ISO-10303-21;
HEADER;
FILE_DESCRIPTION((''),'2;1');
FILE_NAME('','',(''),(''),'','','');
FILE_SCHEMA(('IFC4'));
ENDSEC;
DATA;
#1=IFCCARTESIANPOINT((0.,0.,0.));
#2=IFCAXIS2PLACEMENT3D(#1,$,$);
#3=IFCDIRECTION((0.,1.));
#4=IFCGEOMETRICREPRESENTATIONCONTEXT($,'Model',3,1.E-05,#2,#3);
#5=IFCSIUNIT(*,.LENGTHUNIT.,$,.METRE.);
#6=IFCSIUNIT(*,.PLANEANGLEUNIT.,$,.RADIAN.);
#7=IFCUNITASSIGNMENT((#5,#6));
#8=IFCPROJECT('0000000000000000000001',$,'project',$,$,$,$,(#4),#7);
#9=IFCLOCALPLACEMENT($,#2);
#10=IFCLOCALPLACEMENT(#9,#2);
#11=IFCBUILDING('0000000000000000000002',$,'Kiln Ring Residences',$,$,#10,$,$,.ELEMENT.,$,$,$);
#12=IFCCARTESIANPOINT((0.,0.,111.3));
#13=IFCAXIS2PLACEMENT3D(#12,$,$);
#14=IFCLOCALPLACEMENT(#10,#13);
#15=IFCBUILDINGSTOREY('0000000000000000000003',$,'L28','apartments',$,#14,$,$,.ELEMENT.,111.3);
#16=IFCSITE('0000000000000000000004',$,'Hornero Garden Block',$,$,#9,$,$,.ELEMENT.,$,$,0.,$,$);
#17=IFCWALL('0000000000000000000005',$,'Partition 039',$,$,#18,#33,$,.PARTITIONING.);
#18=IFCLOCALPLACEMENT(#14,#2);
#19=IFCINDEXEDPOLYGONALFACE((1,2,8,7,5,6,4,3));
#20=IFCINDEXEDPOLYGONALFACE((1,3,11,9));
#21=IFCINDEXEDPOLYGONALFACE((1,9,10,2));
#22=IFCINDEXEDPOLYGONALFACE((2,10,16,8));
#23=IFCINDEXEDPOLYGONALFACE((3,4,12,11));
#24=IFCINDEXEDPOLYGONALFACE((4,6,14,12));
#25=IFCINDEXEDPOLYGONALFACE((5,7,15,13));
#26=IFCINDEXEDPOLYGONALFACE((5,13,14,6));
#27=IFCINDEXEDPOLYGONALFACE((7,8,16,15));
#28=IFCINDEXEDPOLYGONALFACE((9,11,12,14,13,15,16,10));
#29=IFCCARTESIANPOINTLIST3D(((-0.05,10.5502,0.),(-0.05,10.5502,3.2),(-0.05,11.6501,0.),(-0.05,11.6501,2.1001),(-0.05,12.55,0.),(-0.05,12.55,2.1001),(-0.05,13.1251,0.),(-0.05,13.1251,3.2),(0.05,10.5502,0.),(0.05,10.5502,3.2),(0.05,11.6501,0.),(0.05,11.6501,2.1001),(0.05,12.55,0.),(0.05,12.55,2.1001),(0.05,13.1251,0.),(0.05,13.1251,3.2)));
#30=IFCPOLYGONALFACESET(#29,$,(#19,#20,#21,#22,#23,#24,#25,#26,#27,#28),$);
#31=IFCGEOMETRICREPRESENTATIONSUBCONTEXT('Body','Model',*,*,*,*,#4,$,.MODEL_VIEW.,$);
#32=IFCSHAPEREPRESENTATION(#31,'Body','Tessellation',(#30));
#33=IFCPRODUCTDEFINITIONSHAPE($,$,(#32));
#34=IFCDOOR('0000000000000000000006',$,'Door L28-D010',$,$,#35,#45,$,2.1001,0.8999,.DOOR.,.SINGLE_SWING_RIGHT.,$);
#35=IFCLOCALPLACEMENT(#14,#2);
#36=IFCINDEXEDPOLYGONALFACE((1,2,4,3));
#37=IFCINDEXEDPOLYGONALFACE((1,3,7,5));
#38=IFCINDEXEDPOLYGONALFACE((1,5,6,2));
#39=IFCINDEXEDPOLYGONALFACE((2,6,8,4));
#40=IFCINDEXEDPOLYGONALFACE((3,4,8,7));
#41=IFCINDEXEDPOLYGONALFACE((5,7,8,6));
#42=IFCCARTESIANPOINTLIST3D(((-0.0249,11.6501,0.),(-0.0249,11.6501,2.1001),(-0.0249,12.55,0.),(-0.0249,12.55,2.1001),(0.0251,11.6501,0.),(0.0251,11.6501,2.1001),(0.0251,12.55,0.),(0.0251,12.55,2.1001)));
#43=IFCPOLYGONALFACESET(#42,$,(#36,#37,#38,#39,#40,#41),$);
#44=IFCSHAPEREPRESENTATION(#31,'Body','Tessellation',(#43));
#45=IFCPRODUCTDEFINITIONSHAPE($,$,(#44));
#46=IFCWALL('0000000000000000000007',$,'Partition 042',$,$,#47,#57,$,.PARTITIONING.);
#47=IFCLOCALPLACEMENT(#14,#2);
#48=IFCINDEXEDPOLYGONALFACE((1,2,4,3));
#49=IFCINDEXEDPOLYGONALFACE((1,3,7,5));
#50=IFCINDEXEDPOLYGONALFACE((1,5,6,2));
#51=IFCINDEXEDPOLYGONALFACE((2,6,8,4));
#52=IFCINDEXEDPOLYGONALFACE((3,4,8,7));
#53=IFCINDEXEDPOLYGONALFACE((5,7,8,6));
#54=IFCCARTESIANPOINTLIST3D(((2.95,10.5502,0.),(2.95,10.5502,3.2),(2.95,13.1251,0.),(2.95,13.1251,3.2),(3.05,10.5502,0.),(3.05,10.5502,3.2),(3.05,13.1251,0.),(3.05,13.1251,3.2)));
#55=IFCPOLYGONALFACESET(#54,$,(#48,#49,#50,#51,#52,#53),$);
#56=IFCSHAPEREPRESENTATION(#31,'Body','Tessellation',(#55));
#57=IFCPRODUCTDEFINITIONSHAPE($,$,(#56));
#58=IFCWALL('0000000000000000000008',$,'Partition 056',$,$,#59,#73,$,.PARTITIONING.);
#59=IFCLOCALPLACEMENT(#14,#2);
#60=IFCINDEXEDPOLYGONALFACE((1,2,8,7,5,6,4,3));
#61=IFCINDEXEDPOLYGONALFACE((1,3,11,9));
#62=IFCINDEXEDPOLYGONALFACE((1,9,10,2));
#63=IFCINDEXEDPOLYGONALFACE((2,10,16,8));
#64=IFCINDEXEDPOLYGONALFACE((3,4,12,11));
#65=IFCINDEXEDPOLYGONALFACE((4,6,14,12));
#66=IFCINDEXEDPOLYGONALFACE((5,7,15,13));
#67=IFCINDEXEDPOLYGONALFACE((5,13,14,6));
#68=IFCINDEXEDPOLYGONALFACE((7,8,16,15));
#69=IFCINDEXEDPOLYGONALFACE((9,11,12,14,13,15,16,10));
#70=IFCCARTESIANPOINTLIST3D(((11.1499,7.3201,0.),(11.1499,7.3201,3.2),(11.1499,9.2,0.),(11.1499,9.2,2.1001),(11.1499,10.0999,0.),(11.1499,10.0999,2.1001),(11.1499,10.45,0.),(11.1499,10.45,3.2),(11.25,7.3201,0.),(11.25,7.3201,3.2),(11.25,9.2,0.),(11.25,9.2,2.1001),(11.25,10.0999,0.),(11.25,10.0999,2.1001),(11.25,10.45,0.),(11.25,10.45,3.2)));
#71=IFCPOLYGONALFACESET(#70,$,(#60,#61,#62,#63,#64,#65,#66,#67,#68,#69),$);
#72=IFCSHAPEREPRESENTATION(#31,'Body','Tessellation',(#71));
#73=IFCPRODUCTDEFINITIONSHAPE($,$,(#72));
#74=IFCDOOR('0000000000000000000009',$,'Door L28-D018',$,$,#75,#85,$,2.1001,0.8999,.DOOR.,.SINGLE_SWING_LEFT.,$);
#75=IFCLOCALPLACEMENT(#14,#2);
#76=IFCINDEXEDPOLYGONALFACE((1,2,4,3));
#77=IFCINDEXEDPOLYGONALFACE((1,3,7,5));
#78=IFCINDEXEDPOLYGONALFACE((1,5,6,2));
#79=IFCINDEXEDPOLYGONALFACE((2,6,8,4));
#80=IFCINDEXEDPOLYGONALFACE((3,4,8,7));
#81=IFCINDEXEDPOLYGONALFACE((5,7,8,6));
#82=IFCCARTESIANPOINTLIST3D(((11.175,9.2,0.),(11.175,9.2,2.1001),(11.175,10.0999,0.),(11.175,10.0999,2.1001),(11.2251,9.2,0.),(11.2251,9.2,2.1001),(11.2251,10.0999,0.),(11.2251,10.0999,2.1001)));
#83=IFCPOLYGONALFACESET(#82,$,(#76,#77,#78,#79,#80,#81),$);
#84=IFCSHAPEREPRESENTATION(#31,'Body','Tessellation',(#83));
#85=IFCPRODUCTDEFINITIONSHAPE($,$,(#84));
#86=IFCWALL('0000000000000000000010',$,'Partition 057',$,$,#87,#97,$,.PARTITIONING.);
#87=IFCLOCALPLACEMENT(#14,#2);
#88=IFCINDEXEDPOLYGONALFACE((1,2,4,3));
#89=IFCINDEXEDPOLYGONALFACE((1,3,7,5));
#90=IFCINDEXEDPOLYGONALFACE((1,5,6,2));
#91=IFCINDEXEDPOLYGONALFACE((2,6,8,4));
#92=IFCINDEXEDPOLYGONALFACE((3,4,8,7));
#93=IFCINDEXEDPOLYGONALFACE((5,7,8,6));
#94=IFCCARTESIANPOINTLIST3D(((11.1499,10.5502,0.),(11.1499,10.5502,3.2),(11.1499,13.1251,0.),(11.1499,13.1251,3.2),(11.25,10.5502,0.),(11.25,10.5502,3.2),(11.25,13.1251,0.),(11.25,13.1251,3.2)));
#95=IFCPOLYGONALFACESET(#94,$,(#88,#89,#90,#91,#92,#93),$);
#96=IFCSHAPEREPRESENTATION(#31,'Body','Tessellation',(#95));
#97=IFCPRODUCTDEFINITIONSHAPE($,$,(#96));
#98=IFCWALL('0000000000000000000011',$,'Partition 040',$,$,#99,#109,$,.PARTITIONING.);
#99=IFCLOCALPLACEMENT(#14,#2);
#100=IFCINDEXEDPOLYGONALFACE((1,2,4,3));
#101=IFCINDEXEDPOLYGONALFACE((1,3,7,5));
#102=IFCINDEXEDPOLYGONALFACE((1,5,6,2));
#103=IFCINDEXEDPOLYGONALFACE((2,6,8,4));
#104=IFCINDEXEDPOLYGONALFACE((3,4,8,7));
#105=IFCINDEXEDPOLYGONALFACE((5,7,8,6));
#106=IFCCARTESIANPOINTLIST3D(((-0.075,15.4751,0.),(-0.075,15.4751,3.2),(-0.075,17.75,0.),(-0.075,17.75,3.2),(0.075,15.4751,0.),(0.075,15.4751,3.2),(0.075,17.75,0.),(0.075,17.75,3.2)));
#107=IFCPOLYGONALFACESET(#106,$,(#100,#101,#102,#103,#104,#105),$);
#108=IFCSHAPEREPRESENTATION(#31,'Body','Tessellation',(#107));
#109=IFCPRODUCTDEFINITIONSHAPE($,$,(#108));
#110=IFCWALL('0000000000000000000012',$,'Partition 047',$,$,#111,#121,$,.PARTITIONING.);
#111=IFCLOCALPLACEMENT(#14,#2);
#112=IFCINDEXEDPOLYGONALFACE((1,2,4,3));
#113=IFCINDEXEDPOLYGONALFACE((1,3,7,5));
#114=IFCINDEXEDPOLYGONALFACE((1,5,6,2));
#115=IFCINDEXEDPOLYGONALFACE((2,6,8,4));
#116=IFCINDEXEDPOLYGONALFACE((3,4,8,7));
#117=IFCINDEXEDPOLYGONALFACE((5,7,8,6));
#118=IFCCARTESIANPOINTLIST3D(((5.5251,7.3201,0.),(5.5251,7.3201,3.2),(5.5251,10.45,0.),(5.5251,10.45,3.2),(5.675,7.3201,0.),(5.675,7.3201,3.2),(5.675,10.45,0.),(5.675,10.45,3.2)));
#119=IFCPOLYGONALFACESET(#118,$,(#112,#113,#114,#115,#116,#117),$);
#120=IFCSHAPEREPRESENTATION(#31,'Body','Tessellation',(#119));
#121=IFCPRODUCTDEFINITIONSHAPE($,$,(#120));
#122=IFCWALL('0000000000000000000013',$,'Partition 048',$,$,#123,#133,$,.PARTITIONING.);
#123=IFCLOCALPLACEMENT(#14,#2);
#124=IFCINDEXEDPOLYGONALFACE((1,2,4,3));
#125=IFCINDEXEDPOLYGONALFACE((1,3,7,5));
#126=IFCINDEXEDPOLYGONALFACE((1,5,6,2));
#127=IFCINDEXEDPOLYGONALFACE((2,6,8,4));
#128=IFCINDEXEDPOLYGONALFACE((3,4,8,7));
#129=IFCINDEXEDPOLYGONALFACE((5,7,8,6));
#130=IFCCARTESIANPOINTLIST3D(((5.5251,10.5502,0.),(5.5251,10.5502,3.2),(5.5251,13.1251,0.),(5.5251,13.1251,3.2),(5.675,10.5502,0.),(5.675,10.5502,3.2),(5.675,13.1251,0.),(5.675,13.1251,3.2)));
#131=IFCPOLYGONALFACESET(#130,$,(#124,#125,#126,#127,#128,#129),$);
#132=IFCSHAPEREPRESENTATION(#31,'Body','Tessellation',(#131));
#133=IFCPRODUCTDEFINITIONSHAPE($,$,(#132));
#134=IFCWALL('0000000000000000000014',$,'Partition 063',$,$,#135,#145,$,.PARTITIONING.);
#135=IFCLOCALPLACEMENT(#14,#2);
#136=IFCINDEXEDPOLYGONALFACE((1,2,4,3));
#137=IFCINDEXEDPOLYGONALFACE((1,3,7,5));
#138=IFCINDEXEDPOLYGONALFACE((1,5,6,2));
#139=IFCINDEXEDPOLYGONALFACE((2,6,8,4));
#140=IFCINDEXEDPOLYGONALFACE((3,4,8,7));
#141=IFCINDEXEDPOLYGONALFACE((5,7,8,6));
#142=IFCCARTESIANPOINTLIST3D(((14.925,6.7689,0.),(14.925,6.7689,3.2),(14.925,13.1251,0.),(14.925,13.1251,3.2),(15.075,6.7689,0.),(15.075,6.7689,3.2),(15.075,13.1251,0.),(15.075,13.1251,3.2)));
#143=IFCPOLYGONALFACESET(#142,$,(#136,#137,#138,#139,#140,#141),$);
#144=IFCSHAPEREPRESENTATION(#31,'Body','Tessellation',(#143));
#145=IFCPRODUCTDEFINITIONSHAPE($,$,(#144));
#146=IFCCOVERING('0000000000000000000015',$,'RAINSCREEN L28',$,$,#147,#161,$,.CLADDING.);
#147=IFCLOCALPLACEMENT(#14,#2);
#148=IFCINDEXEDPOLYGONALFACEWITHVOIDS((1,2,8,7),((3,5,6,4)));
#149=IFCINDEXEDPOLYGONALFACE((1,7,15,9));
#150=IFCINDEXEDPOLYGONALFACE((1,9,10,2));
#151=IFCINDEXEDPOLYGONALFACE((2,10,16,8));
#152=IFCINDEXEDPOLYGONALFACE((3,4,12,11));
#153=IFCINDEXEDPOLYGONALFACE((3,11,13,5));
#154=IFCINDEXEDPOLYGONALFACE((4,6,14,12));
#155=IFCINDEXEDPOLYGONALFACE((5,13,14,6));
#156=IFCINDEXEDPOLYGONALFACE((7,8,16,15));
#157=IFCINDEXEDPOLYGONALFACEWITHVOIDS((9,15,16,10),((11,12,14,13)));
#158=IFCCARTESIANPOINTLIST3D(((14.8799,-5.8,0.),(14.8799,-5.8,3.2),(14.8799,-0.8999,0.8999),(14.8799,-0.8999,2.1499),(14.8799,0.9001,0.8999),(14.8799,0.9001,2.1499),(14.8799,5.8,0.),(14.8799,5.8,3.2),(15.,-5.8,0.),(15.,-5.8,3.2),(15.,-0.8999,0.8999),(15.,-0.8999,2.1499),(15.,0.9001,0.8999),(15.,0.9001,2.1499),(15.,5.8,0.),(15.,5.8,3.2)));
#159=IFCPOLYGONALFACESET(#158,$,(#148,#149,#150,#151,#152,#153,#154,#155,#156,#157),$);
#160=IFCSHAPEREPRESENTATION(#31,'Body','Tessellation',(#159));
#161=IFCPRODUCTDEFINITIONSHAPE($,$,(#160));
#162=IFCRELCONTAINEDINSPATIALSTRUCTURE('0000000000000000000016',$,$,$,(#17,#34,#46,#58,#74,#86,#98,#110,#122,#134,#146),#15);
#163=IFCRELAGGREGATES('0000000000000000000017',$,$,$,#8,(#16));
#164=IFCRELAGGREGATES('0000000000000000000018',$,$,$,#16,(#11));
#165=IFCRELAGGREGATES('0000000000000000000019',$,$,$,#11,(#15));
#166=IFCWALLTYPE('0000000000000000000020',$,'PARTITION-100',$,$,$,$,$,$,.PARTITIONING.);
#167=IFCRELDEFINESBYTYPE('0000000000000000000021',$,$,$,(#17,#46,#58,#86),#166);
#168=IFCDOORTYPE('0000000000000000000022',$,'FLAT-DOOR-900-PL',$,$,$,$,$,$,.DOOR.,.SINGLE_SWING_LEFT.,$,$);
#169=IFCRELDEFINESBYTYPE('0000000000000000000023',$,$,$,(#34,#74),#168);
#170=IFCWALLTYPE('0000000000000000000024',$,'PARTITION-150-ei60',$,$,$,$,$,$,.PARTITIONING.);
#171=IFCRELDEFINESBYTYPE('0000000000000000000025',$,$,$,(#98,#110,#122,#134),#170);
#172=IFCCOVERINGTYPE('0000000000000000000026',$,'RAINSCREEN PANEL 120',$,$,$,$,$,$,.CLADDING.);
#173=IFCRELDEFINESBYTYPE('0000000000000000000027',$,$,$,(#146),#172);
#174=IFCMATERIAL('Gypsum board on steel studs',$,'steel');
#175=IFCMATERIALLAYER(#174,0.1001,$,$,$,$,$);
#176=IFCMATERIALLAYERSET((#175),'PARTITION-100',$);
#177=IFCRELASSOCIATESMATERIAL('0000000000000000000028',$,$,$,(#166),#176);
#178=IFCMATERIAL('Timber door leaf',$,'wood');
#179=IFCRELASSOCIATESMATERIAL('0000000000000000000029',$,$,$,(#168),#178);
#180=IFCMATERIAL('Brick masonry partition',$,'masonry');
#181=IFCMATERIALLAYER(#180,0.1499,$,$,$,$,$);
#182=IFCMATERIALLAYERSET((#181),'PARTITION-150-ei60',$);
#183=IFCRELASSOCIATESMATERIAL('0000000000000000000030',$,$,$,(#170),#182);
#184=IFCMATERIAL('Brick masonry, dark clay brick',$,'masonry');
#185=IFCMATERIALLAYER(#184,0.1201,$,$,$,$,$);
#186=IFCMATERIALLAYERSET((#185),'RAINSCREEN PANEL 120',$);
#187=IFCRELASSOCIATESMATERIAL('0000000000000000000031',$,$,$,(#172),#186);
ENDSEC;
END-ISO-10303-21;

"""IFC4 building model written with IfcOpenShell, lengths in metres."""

from ifc_helpers import new_model, si_unit, direction, frame, frame_2d, origin, place, context, subcontext, project, spatial, polyline, rectangle, outline, extrude, material, layer, layer_set, type_object, element, fill, save


model = new_model("IFC4")

# Units and contexts
model_context = context("Model", 3, precision=1e-05, world=origin(), true_north=direction((0.0, 1.0)))
body_context = subcontext(model_context, "Body", "Model", "MODEL_VIEW")
ifc_project = project(units=[si_unit("LENGTHUNIT", "METRE"), si_unit("PLANEANGLEUNIT", "RADIAN")], contexts=[model_context])

# Site, building, storey
site_placement = place(None, origin())
site = spatial("IfcSite", under=ifc_project, at=site_placement, Name="Hornero Garden Block", CompositionType="ELEMENT", RefElevation=0.0)
building_placement = place(site_placement, origin())
building = spatial("IfcBuilding", under=site, at=building_placement, Name="Kiln Ring Residences", CompositionType="ELEMENT")
storey_placement = place(building_placement, frame((0.0, 0.0, 111.3)))
storey = spatial("IfcBuildingStorey", under=building, at=storey_placement, Name="L28", Description="apartments", CompositionType="ELEMENT", Elevation=111.3)

# Shared definitions
ifc_material_1 = material(Name="Gypsum board on steel studs", Category="steel")
ifc_layer_1 = layer(ifc_material_1, 0.1001)
ifc_layer_set_1 = layer_set([ifc_layer_1], Name="PARTITION-100")
wall_type_1 = type_object("IfcWallType", Name="PARTITION-100", PredefinedType="PARTITIONING", material=ifc_layer_set_1)

# Wall, opening, door
wall_1_placement = place(storey_placement, frame((0.0, 10.55, 0.0), z_axis=(0.0, 0.0, 1.0), x_axis=(0.0, 1.0, 0.0)))
wall_1 = element("IfcWall", 1, at=wall_1_placement, inside=storey, type_object=wall_type_1, Name="Partition 039", PredefinedType="PARTITIONING", context=body_context, shape_type="SweptSolid", body=[
    extrude(rectangle(XDim=2.575, YDim=0.1001, at=frame_2d((1.2876, 0.0))), origin(), (0.0, 0.0, 1.0), 3.2),
])
opening_1_placement = place(wall_1_placement, frame((1.1001, 0.0, 0.0)))
opening_1 = element("IfcOpeningElement", 2, at=opening_1_placement, cuts=wall_1, PredefinedType="OPENING", context=body_context, shape_type="SweptSolid", body=[
    extrude(rectangle(XDim=0.8999, YDim=2.1001, at=frame_2d((0.45, 1.05))), frame((0.0, 0.0601, 0.0), z_axis=(0.0, -1.0, 0.0), x_axis=(1.0, 0.0, 0.0)), (0.0, 0.0, 1.0), 0.1201),
])
ifc_material_2 = material(Name="Timber door leaf", Category="wood")
door_type = type_object("IfcDoorType", Name="FLAT-DOOR-900-PL", OperationType="SINGLE_SWING_LEFT", PredefinedType="DOOR", material=ifc_material_2)
door_1_placement = place(opening_1_placement, origin())
door_1 = element("IfcDoor", 3, at=door_1_placement, inside=storey, type_object=door_type, Name="Door L28-D010", OperationType="SINGLE_SWING_RIGHT", OverallHeight=2.1001, OverallWidth=0.8999, PredefinedType="DOOR", context=body_context, shape_type="SweptSolid", body=[
    extrude(rectangle(XDim=0.8999, YDim=2.1001, at=frame_2d((0.45, 1.05))), frame((0.0, 0.0249, 0.0), z_axis=(0.0, -1.0, 0.0), x_axis=(1.0, 0.0, 0.0)), (0.0, 0.0, 1.0), 0.05),
])
fill(opening_1, door_1)

# Wall
wall_2_placement = place(storey_placement, frame((3.0, 10.55, 0.0), z_axis=(0.0, 0.0, 1.0), x_axis=(0.0, 1.0, 0.0)))
element("IfcWall", 4, at=wall_2_placement, inside=storey, type_object=wall_type_1, Name="Partition 042", PredefinedType="PARTITIONING", context=body_context, shape_type="SweptSolid", body=[
    extrude(rectangle(XDim=2.575, YDim=0.1001, at=frame_2d((1.2876, 0.0))), origin(), (0.0, 0.0, 1.0), 3.2),
])

# Wall, opening, door
wall_3_placement = place(storey_placement, frame((11.2, 7.3201, 0.0), z_axis=(0.0, 0.0, 1.0), x_axis=(0.0, 1.0, 0.0)))
wall_3 = element("IfcWall", 5, at=wall_3_placement, inside=storey, type_object=wall_type_1, Name="Partition 056", PredefinedType="PARTITIONING", context=body_context, shape_type="SweptSolid", body=[
    extrude(rectangle(XDim=3.1299, YDim=0.1001, at=frame_2d((1.5649, 0.0))), origin(), (0.0, 0.0, 1.0), 3.2),
])
opening_2_placement = place(wall_3_placement, frame((1.8799, 0.0, 0.0)))
opening_2 = element("IfcOpeningElement", 6, at=opening_2_placement, cuts=wall_3, PredefinedType="OPENING", context=body_context, shape_type="SweptSolid", body=[
    extrude(rectangle(XDim=0.8999, YDim=2.1001, at=frame_2d((0.45, 1.05))), frame((0.0, 0.0601, 0.0), z_axis=(0.0, -1.0, 0.0), x_axis=(1.0, 0.0, 0.0)), (0.0, 0.0, 1.0), 0.1201),
])
door_2_placement = place(opening_2_placement, origin())
door_2 = element("IfcDoor", 7, at=door_2_placement, inside=storey, type_object=door_type, Name="Door L28-D018", OperationType="SINGLE_SWING_LEFT", OverallHeight=2.1001, OverallWidth=0.8999, PredefinedType="DOOR", context=body_context, shape_type="SweptSolid", body=[
    extrude(rectangle(XDim=0.8999, YDim=2.1001, at=frame_2d((0.45, 1.05))), frame((0.0, 0.0249, 0.0), z_axis=(0.0, -1.0, 0.0), x_axis=(1.0, 0.0, 0.0)), (0.0, 0.0, 1.0), 0.05),
])
fill(opening_2, door_2)

# Walls
wall_4_placement = place(storey_placement, frame((11.2, 10.55, 0.0), z_axis=(0.0, 0.0, 1.0), x_axis=(0.0, 1.0, 0.0)))
element("IfcWall", 8, at=wall_4_placement, inside=storey, type_object=wall_type_1, Name="Partition 057", PredefinedType="PARTITIONING", context=body_context, shape_type="SweptSolid", body=[
    extrude(rectangle(XDim=2.575, YDim=0.1001, at=frame_2d((1.2876, 0.0))), origin(), (0.0, 0.0, 1.0), 3.2),
])
ifc_material_3 = material(Name="Brick masonry partition", Category="masonry")
ifc_layer_2 = layer(ifc_material_3, 0.1499)
ifc_layer_set_2 = layer_set([ifc_layer_2], Name="PARTITION-150-ei60")
wall_type_2 = type_object("IfcWallType", Name="PARTITION-150-ei60", PredefinedType="PARTITIONING", material=ifc_layer_set_2)
wall_5_placement = place(storey_placement, frame((0.0, 15.4751, 0.0), z_axis=(0.0, 0.0, 1.0), x_axis=(0.0, 1.0, 0.0)))
element("IfcWall", 9, at=wall_5_placement, inside=storey, type_object=wall_type_2, Name="Partition 040", PredefinedType="PARTITIONING", context=body_context, shape_type="SweptSolid", body=[
    extrude(rectangle(XDim=2.2749, YDim=0.1499, at=frame_2d((1.1375, 0.0))), origin(), (0.0, 0.0, 1.0), 3.2),
])
wall_6_placement = place(storey_placement, frame((5.6001, 7.3201, 0.0), z_axis=(0.0, 0.0, 1.0), x_axis=(0.0, 1.0, 0.0)))
element("IfcWall", 10, at=wall_6_placement, inside=storey, type_object=wall_type_2, Name="Partition 047", PredefinedType="PARTITIONING", context=body_context, shape_type="SweptSolid", body=[
    extrude(rectangle(XDim=3.1299, YDim=0.1499, at=frame_2d((1.5649, 0.0))), origin(), (0.0, 0.0, 1.0), 3.2),
])
wall_7_placement = place(storey_placement, frame((5.6001, 10.55, 0.0), z_axis=(0.0, 0.0, 1.0), x_axis=(0.0, 1.0, 0.0)))
element("IfcWall", 11, at=wall_7_placement, inside=storey, type_object=wall_type_2, Name="Partition 048", PredefinedType="PARTITIONING", context=body_context, shape_type="SweptSolid", body=[
    extrude(rectangle(XDim=2.575, YDim=0.1499, at=frame_2d((1.2876, 0.0))), origin(), (0.0, 0.0, 1.0), 3.2),
])
wall_8_placement = place(storey_placement, frame((15.0, 6.7688, 0.0), z_axis=(0.0, 0.0, 1.0), x_axis=(0.0, 1.0, 0.0)))
element("IfcWall", 12, at=wall_8_placement, inside=storey, type_object=wall_type_2, Name="Partition 063", PredefinedType="PARTITIONING", context=body_context, shape_type="SweptSolid", body=[
    extrude(rectangle(XDim=6.3562, YDim=0.1499, at=frame_2d((3.1782, 0.0))), origin(), (0.0, 0.0, 1.0), 3.2),
])

# Covering
ifc_material_4 = material(Name="Brick masonry, dark clay brick", Category="masonry")
ifc_layer_3 = layer(ifc_material_4, 0.1201)
ifc_layer_set_3 = layer_set([ifc_layer_3], Name="RAINSCREEN PANEL 120")
covering_type = type_object("IfcCoveringType", Name="RAINSCREEN PANEL 120", PredefinedType="CLADDING", material=ifc_layer_set_3)
covering_placement = place(storey_placement, frame((14.9399, 5.8, 0.0), z_axis=(0.0, 0.0, 1.0), x_axis=(0.0, -1.0, 0.0)))
element("IfcCovering", 13, at=covering_placement, inside=storey, type_object=covering_type, Name="RAINSCREEN L28", PredefinedType="CLADDING", context=body_context, shape_type="SweptSolid", body=[
    extrude(outline(polyline([(0.0, 0.0), (11.6001, 0.0), (11.6001, 3.2), (0.0, 3.2), (0.0, 0.0)]), holes=[polyline([(4.8999, 2.1499), (4.8999, 0.8999), (6.7, 0.8999), (6.7, 2.1499), (4.8999, 2.1499)])]), frame((0.0, 0.0601, 0.0), z_axis=(0.0, -1.0, 0.0), x_axis=(1.0, 0.0, 0.0)), (0.0, 0.0, 1.0), 0.1201),
])

save(model, "model.ifc")
